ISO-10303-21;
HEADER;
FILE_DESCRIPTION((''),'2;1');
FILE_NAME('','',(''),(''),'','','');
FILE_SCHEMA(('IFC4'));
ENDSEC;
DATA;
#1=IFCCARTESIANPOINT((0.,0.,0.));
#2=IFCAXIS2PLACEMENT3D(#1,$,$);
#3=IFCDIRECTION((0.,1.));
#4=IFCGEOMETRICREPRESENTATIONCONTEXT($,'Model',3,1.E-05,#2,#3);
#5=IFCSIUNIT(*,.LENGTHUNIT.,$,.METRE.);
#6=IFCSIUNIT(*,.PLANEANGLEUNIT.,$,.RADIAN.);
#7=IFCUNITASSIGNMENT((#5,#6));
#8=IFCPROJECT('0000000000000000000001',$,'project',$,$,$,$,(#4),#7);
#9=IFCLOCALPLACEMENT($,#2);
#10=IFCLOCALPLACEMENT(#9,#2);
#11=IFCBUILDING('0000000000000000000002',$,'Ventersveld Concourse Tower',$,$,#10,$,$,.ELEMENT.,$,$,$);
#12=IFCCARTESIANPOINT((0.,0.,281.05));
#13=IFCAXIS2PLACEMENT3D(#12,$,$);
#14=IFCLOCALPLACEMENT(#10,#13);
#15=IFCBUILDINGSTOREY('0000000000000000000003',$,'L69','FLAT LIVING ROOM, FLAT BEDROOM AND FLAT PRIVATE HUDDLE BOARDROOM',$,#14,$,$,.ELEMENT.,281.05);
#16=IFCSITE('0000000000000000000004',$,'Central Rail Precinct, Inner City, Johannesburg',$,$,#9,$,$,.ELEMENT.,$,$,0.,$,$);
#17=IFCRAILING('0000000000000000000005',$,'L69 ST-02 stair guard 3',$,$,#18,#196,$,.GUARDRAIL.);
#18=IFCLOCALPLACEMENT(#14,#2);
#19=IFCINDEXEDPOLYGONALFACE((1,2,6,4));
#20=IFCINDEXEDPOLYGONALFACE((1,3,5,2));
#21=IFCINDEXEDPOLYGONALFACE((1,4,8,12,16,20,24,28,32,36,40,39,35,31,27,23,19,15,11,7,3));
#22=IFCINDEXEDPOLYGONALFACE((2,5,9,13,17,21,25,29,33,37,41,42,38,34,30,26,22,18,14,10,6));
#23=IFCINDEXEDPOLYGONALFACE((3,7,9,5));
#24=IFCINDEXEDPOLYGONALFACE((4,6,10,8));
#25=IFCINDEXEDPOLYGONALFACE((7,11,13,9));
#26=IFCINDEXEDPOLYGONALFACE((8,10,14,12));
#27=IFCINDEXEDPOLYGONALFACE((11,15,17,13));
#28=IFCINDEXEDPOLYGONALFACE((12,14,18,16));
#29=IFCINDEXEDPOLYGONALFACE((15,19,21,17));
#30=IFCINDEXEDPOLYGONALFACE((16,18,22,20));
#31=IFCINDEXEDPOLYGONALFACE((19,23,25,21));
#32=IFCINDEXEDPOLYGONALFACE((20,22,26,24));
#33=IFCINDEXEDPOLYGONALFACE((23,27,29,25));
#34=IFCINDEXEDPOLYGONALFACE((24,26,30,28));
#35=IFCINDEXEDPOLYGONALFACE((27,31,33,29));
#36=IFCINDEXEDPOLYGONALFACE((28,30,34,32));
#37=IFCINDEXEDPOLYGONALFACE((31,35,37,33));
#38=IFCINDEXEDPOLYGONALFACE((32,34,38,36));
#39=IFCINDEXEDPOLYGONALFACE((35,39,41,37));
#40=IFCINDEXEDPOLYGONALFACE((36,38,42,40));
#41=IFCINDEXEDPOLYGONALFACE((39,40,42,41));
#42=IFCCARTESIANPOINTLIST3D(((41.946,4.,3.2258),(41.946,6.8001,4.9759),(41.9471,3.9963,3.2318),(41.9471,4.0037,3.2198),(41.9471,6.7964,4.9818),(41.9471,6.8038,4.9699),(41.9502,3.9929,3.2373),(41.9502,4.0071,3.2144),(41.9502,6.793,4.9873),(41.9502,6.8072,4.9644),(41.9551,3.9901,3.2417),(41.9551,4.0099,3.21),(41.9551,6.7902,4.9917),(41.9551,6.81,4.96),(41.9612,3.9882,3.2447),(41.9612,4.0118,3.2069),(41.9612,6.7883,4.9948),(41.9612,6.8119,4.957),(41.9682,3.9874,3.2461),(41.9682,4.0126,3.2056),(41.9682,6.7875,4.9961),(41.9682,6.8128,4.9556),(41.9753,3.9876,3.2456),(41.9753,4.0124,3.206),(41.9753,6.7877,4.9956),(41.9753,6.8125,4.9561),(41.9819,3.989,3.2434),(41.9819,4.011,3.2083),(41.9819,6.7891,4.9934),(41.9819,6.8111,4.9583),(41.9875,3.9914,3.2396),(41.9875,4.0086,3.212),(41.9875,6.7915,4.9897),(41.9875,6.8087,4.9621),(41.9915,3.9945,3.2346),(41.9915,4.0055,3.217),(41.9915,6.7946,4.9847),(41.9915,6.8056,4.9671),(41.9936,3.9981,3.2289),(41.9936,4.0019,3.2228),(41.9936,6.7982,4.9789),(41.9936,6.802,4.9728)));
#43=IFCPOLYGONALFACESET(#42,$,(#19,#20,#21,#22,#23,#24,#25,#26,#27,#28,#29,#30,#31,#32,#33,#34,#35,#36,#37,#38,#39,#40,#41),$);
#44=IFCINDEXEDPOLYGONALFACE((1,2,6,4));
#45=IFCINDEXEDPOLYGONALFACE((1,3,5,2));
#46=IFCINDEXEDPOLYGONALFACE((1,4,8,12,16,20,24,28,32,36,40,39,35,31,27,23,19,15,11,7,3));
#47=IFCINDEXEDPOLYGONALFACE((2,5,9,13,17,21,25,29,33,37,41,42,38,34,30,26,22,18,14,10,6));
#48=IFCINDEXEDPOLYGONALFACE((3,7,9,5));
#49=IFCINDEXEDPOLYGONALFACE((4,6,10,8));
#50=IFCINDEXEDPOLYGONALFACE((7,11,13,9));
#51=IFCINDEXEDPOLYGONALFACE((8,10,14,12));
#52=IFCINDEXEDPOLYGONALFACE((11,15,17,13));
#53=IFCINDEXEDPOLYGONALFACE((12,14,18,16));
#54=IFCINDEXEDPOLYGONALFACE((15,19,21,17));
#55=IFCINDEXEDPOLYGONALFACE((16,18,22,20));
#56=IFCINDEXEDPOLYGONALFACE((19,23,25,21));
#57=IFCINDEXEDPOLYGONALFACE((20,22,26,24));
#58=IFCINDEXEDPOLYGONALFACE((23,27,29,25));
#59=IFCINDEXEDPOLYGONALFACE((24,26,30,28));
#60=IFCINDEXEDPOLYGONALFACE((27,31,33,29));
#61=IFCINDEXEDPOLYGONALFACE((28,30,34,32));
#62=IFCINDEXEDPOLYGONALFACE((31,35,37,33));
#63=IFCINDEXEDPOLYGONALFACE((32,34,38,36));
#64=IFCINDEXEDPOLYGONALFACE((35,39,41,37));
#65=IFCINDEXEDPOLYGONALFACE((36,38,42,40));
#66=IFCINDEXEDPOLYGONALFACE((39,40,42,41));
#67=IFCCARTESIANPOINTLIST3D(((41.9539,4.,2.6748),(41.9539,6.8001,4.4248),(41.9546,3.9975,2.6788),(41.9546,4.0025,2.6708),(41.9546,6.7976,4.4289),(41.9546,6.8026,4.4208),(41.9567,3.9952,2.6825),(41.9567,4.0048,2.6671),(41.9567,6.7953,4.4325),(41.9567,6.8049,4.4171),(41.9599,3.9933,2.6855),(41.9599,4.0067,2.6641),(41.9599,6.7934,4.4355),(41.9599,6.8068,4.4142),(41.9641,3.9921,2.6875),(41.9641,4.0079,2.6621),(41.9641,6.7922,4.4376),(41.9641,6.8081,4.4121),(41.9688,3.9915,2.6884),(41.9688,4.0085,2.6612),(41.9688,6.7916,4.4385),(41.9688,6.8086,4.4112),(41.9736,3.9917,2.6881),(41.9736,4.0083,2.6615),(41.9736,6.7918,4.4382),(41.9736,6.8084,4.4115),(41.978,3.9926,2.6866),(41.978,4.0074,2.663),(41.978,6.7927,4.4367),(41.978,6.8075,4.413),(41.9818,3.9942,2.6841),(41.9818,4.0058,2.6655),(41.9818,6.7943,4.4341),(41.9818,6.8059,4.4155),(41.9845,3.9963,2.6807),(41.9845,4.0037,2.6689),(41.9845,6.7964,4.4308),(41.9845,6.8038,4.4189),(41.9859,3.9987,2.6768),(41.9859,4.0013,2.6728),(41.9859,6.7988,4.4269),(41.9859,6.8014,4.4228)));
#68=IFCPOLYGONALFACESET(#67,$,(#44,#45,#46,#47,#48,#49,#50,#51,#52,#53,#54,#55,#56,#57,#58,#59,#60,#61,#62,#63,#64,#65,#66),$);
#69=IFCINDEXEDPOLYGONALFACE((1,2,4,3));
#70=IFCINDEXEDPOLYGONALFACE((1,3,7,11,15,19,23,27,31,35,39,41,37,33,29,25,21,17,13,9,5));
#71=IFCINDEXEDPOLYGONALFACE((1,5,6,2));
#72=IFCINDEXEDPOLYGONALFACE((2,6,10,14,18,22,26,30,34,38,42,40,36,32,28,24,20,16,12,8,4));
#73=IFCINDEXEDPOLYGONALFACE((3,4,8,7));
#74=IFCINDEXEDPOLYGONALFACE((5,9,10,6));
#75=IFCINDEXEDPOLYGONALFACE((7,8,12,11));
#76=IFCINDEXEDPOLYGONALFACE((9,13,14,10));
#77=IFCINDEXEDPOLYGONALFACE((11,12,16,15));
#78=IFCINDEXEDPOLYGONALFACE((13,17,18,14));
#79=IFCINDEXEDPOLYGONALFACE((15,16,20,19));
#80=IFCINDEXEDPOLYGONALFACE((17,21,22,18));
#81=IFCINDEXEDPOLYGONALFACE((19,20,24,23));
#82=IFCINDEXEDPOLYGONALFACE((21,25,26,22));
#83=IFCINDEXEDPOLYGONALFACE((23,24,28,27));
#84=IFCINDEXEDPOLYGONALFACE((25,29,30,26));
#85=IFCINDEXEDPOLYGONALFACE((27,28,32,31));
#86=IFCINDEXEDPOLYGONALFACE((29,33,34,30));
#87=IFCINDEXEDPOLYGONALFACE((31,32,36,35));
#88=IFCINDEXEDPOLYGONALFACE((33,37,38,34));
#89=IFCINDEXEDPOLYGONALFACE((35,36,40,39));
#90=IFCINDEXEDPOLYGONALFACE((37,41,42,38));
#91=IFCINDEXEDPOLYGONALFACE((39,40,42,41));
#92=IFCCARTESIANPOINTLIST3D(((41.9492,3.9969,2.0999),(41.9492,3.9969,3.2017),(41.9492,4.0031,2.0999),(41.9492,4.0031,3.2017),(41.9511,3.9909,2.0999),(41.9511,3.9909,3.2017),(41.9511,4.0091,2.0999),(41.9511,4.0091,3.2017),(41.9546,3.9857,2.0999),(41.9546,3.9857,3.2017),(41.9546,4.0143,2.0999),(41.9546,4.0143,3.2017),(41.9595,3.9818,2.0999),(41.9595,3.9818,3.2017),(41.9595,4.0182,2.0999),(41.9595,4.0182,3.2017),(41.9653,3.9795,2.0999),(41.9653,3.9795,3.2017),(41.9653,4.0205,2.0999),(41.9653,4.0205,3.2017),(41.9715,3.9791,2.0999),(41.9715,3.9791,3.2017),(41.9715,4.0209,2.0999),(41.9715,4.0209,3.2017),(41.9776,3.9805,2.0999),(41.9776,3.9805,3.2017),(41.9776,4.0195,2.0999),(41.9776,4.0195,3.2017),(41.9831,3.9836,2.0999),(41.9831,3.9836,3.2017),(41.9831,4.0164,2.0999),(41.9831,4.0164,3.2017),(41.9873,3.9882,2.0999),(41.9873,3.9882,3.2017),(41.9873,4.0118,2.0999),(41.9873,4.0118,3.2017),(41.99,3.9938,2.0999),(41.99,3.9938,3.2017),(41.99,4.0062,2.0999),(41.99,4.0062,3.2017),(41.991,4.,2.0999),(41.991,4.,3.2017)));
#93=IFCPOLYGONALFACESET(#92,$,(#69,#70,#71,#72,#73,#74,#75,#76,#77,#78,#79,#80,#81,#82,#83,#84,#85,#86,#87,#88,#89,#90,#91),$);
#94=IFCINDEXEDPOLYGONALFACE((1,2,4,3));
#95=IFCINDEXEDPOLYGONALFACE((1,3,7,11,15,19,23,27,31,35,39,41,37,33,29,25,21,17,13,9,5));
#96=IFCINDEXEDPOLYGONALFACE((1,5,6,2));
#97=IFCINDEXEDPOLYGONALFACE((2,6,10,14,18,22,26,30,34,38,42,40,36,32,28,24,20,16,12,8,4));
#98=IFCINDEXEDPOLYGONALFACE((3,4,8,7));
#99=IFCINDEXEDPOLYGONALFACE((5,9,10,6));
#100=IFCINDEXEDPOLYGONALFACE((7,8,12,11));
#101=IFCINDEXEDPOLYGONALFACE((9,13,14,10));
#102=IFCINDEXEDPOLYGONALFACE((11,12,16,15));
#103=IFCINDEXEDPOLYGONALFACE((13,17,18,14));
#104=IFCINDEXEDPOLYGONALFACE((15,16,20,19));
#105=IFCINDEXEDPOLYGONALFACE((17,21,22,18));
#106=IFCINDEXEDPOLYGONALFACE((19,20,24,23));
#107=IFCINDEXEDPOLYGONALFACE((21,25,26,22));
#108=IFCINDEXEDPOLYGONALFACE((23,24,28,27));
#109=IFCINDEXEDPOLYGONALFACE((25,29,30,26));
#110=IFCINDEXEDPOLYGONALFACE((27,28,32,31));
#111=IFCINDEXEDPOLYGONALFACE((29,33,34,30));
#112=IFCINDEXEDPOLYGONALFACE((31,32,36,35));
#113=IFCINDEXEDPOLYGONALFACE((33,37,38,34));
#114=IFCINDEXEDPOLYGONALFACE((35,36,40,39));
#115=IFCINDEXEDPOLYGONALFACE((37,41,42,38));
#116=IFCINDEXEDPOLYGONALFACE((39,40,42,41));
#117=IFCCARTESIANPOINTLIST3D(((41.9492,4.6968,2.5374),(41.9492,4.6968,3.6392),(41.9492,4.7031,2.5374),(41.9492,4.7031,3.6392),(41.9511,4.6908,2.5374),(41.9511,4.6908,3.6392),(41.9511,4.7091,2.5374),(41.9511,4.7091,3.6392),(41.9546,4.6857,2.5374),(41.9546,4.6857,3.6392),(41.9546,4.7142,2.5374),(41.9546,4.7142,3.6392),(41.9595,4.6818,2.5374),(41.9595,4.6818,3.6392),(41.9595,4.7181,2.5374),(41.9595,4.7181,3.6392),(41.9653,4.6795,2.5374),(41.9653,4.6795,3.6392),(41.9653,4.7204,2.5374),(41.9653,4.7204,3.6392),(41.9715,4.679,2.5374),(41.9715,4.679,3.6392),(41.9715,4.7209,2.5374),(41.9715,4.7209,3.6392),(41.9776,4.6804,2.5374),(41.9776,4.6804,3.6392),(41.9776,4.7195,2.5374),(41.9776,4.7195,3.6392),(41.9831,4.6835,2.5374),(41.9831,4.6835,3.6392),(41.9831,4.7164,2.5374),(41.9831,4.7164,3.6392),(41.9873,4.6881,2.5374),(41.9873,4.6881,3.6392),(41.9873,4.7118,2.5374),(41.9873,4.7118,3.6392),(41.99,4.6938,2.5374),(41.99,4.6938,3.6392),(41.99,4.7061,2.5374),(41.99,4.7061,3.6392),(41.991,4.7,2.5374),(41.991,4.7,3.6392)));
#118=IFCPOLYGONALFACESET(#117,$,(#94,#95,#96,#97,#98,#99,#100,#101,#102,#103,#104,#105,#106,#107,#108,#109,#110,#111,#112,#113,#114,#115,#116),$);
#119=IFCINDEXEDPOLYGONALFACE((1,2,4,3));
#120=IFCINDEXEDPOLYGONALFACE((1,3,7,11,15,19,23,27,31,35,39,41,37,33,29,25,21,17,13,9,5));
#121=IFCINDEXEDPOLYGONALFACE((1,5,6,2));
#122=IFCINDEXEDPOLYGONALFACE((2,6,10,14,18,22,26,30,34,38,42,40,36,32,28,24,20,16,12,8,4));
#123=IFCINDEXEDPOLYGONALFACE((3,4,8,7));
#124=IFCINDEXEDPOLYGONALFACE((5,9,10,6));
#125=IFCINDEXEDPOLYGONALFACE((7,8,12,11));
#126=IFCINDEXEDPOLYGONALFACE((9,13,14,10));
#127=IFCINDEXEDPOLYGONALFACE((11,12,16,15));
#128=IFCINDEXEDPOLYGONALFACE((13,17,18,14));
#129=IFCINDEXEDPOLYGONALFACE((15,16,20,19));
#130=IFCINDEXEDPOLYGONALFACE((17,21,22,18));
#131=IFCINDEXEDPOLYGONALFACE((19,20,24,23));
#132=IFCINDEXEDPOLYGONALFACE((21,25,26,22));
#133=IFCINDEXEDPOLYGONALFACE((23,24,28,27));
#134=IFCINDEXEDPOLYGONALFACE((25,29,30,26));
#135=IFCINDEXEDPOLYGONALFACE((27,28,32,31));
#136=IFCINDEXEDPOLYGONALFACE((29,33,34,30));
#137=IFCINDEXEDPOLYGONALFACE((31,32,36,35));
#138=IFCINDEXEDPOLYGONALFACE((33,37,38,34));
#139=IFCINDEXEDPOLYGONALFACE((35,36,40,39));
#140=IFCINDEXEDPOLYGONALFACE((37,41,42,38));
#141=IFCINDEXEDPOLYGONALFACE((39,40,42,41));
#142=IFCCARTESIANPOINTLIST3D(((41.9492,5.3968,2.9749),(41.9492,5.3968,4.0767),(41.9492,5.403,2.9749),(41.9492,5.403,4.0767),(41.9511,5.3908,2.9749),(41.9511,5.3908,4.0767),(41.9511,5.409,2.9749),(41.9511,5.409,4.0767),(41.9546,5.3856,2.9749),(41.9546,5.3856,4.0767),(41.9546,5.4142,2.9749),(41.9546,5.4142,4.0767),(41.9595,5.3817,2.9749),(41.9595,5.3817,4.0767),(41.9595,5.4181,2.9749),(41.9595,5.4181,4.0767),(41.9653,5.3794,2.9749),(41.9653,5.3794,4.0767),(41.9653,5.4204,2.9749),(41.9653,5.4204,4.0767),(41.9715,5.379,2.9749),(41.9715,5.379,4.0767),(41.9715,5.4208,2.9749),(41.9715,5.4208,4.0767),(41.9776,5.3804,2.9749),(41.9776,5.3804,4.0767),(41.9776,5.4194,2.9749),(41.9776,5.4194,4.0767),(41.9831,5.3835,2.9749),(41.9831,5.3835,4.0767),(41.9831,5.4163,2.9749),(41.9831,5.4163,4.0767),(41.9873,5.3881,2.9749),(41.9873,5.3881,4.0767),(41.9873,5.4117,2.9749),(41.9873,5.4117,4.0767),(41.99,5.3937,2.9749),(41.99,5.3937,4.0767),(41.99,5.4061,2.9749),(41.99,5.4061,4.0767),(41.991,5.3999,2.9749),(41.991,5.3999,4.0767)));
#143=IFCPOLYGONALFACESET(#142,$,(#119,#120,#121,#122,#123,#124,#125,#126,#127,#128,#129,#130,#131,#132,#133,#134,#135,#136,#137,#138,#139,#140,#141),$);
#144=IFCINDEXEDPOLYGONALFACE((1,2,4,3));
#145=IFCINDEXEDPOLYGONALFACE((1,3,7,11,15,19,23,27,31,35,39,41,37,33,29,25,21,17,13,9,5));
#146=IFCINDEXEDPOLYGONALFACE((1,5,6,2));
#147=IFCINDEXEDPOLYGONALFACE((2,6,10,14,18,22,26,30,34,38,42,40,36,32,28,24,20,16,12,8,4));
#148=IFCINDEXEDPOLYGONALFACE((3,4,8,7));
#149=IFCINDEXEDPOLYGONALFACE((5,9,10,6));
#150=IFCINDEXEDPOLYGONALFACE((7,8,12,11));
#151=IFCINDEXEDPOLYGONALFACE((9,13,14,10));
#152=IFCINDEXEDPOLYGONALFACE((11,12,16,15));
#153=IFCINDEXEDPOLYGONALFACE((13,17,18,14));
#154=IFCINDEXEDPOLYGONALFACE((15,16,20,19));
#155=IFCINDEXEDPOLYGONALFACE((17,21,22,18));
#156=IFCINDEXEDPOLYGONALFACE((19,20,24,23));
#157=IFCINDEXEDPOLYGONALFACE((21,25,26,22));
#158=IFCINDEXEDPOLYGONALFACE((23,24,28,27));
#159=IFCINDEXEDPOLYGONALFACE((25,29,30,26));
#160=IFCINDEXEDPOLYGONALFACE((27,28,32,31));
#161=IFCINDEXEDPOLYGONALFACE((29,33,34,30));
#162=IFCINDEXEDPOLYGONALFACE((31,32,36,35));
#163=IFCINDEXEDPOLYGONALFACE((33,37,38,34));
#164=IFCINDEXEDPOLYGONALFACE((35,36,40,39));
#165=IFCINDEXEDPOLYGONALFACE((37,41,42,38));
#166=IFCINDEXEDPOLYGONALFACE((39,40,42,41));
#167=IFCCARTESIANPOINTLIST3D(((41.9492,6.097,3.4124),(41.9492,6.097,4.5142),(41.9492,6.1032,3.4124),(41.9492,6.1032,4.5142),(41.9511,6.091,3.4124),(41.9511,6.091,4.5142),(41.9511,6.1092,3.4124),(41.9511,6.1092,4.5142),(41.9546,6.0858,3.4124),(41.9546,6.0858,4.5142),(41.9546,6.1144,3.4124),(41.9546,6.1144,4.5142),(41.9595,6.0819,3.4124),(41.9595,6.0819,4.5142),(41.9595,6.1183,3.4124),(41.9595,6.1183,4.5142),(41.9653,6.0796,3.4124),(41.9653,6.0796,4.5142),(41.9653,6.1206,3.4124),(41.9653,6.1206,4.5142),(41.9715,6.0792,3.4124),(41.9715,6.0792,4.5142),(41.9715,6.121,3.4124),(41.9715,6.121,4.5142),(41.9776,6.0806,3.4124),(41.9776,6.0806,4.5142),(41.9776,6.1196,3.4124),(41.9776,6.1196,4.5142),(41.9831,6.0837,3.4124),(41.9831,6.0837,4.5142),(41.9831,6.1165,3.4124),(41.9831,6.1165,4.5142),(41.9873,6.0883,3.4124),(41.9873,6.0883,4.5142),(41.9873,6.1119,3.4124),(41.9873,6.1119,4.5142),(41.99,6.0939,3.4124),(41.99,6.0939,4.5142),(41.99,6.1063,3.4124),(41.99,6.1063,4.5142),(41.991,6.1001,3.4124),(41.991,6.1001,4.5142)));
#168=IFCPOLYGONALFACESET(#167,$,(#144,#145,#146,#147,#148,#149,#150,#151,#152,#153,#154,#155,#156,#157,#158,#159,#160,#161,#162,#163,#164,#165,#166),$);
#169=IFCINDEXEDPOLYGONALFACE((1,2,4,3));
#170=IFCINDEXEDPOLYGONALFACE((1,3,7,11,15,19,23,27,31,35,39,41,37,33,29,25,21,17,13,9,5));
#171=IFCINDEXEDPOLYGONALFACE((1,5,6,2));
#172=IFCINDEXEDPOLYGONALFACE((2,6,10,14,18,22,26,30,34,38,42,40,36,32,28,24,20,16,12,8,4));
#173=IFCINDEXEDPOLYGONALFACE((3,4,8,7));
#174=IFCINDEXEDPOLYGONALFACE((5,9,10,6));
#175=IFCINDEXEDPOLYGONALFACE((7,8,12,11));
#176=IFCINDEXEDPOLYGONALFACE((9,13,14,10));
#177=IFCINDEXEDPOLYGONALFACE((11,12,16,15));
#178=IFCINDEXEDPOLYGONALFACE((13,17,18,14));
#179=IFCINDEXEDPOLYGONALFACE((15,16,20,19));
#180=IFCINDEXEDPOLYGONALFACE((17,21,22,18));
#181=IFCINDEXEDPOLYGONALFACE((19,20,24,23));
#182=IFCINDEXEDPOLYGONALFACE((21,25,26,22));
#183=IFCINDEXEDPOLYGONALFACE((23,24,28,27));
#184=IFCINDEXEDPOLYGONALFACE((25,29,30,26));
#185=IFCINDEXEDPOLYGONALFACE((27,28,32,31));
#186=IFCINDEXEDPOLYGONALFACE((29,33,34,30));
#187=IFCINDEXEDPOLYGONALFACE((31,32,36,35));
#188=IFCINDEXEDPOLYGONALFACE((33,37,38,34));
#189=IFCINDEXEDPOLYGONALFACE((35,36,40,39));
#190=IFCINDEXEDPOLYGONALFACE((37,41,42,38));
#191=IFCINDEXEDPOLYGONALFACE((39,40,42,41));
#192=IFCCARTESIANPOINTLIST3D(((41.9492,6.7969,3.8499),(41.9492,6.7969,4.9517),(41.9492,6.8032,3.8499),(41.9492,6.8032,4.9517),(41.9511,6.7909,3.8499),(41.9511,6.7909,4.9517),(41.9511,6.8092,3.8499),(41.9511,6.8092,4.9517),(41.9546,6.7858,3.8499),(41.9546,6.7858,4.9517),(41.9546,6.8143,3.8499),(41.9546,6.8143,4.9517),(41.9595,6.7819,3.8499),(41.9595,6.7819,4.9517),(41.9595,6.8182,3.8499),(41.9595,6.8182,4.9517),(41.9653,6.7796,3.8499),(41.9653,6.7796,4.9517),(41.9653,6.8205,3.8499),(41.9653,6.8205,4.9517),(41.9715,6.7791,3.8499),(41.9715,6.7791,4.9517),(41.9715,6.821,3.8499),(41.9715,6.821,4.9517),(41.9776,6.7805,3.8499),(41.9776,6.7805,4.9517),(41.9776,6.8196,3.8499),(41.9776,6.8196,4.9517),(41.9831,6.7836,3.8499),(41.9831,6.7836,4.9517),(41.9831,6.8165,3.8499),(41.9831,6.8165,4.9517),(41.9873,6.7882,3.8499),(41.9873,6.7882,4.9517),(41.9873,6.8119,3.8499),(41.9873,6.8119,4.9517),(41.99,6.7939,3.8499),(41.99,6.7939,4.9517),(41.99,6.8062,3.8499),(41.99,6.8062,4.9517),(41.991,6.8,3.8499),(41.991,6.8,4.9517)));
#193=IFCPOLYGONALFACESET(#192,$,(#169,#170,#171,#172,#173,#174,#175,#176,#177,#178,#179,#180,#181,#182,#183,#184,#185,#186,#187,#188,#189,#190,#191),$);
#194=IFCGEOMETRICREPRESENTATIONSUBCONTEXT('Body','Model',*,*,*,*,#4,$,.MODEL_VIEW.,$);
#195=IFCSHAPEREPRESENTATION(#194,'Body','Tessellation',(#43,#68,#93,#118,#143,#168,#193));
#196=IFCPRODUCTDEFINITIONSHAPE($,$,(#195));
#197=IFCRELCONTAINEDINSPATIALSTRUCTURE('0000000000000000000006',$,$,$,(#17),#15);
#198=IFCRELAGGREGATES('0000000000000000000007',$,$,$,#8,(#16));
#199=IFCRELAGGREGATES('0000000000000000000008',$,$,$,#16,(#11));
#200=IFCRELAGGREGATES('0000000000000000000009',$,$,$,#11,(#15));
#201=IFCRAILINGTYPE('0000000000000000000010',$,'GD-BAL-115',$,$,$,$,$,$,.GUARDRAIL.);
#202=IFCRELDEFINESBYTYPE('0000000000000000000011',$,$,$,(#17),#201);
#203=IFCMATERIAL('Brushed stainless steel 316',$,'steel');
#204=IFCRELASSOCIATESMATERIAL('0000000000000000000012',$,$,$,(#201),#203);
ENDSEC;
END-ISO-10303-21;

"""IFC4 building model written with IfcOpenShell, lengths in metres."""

from ifc_helpers import new_model, si_unit, direction, frame, origin, origin_2d, place, context, subcontext, project, spatial, circle, extrude, material, type_object, element, save


model = new_model("IFC4")

# Units and contexts
model_context = context("Model", 3, precision=1e-05, world=origin(), true_north=direction((0.0, 1.0)))
body_context = subcontext(model_context, "Body", "Model", "MODEL_VIEW")
ifc_project = project(units=[si_unit("LENGTHUNIT", "METRE"), si_unit("PLANEANGLEUNIT", "RADIAN")], contexts=[model_context])

# Site, building, storey
site_placement = place(None, origin())
site = spatial("IfcSite", under=ifc_project, at=site_placement, Name="Central Rail Precinct, Inner City, Johannesburg", CompositionType="ELEMENT", RefElevation=0.0)
building_placement = place(site_placement, origin())
building = spatial("IfcBuilding", under=site, at=building_placement, Name="Ventersveld Concourse Tower", CompositionType="ELEMENT")
storey_placement = place(building_placement, frame((0.0, 0.0, 281.05)))
storey = spatial("IfcBuildingStorey", under=building, at=storey_placement, Name="L69", Description="FLAT LIVING ROOM, FLAT BEDROOM AND FLAT PRIVATE HUDDLE BOARDROOM", CompositionType="ELEMENT", Elevation=281.05)

# Shared definitions
ifc_material_1 = material(Name="Brushed stainless steel 316", Category="steel")

# Railing
railing_type_1 = type_object("IfcRailingType", Name="GD-BAL-115", PredefinedType="GUARDRAIL", material=ifc_material_1)
railing_1_placement = place(storey_placement, frame((41.97, 4.0, 2.0999)))
element("IfcRailing", 1, at=railing_1_placement, inside=storey, type_object=railing_type_1, Name="L69 ST-02 stair guard 3", PredefinedType="GUARDRAIL", context=body_context, shape_type="SweptSolid", body=[
    extrude(circle(Radius=0.0239, at=origin_2d()), frame((0.0, 0.0, 1.126), z_axis=(0.0, 0.848002, 0.529992), x_axis=(-1.0, 0.0, 0.0)), (0.0, 0.0, 1.0), 3.302),
    extrude(circle(Radius=0.0161, at=origin_2d()), frame((0.0, 0.0, 0.575), z_axis=(0.0, 0.848002, 0.529992), x_axis=(-1.0, 0.0, 0.0)), (0.0, 0.0, 1.0), 3.302),
    extrude(circle(Radius=0.021, at=origin_2d()), origin(), (0.0, 0.0, 1.0), 1.1018),
    extrude(circle(Radius=0.021, at=origin_2d()), frame((0.0, 0.7, 0.4375)), (0.0, 0.0, 1.0), 1.1018),
    extrude(circle(Radius=0.021, at=origin_2d()), frame((0.0, 1.3999, 0.875)), (0.0, 0.0, 1.0), 1.1018),
    extrude(circle(Radius=0.021, at=origin_2d()), frame((0.0, 2.1001, 1.3125)), (0.0, 0.0, 1.0), 1.1018),
    extrude(circle(Radius=0.021, at=origin_2d()), frame((0.0, 2.8, 1.75)), (0.0, 0.0, 1.0), 1.1018),
])

save(model, "model.ifc")
